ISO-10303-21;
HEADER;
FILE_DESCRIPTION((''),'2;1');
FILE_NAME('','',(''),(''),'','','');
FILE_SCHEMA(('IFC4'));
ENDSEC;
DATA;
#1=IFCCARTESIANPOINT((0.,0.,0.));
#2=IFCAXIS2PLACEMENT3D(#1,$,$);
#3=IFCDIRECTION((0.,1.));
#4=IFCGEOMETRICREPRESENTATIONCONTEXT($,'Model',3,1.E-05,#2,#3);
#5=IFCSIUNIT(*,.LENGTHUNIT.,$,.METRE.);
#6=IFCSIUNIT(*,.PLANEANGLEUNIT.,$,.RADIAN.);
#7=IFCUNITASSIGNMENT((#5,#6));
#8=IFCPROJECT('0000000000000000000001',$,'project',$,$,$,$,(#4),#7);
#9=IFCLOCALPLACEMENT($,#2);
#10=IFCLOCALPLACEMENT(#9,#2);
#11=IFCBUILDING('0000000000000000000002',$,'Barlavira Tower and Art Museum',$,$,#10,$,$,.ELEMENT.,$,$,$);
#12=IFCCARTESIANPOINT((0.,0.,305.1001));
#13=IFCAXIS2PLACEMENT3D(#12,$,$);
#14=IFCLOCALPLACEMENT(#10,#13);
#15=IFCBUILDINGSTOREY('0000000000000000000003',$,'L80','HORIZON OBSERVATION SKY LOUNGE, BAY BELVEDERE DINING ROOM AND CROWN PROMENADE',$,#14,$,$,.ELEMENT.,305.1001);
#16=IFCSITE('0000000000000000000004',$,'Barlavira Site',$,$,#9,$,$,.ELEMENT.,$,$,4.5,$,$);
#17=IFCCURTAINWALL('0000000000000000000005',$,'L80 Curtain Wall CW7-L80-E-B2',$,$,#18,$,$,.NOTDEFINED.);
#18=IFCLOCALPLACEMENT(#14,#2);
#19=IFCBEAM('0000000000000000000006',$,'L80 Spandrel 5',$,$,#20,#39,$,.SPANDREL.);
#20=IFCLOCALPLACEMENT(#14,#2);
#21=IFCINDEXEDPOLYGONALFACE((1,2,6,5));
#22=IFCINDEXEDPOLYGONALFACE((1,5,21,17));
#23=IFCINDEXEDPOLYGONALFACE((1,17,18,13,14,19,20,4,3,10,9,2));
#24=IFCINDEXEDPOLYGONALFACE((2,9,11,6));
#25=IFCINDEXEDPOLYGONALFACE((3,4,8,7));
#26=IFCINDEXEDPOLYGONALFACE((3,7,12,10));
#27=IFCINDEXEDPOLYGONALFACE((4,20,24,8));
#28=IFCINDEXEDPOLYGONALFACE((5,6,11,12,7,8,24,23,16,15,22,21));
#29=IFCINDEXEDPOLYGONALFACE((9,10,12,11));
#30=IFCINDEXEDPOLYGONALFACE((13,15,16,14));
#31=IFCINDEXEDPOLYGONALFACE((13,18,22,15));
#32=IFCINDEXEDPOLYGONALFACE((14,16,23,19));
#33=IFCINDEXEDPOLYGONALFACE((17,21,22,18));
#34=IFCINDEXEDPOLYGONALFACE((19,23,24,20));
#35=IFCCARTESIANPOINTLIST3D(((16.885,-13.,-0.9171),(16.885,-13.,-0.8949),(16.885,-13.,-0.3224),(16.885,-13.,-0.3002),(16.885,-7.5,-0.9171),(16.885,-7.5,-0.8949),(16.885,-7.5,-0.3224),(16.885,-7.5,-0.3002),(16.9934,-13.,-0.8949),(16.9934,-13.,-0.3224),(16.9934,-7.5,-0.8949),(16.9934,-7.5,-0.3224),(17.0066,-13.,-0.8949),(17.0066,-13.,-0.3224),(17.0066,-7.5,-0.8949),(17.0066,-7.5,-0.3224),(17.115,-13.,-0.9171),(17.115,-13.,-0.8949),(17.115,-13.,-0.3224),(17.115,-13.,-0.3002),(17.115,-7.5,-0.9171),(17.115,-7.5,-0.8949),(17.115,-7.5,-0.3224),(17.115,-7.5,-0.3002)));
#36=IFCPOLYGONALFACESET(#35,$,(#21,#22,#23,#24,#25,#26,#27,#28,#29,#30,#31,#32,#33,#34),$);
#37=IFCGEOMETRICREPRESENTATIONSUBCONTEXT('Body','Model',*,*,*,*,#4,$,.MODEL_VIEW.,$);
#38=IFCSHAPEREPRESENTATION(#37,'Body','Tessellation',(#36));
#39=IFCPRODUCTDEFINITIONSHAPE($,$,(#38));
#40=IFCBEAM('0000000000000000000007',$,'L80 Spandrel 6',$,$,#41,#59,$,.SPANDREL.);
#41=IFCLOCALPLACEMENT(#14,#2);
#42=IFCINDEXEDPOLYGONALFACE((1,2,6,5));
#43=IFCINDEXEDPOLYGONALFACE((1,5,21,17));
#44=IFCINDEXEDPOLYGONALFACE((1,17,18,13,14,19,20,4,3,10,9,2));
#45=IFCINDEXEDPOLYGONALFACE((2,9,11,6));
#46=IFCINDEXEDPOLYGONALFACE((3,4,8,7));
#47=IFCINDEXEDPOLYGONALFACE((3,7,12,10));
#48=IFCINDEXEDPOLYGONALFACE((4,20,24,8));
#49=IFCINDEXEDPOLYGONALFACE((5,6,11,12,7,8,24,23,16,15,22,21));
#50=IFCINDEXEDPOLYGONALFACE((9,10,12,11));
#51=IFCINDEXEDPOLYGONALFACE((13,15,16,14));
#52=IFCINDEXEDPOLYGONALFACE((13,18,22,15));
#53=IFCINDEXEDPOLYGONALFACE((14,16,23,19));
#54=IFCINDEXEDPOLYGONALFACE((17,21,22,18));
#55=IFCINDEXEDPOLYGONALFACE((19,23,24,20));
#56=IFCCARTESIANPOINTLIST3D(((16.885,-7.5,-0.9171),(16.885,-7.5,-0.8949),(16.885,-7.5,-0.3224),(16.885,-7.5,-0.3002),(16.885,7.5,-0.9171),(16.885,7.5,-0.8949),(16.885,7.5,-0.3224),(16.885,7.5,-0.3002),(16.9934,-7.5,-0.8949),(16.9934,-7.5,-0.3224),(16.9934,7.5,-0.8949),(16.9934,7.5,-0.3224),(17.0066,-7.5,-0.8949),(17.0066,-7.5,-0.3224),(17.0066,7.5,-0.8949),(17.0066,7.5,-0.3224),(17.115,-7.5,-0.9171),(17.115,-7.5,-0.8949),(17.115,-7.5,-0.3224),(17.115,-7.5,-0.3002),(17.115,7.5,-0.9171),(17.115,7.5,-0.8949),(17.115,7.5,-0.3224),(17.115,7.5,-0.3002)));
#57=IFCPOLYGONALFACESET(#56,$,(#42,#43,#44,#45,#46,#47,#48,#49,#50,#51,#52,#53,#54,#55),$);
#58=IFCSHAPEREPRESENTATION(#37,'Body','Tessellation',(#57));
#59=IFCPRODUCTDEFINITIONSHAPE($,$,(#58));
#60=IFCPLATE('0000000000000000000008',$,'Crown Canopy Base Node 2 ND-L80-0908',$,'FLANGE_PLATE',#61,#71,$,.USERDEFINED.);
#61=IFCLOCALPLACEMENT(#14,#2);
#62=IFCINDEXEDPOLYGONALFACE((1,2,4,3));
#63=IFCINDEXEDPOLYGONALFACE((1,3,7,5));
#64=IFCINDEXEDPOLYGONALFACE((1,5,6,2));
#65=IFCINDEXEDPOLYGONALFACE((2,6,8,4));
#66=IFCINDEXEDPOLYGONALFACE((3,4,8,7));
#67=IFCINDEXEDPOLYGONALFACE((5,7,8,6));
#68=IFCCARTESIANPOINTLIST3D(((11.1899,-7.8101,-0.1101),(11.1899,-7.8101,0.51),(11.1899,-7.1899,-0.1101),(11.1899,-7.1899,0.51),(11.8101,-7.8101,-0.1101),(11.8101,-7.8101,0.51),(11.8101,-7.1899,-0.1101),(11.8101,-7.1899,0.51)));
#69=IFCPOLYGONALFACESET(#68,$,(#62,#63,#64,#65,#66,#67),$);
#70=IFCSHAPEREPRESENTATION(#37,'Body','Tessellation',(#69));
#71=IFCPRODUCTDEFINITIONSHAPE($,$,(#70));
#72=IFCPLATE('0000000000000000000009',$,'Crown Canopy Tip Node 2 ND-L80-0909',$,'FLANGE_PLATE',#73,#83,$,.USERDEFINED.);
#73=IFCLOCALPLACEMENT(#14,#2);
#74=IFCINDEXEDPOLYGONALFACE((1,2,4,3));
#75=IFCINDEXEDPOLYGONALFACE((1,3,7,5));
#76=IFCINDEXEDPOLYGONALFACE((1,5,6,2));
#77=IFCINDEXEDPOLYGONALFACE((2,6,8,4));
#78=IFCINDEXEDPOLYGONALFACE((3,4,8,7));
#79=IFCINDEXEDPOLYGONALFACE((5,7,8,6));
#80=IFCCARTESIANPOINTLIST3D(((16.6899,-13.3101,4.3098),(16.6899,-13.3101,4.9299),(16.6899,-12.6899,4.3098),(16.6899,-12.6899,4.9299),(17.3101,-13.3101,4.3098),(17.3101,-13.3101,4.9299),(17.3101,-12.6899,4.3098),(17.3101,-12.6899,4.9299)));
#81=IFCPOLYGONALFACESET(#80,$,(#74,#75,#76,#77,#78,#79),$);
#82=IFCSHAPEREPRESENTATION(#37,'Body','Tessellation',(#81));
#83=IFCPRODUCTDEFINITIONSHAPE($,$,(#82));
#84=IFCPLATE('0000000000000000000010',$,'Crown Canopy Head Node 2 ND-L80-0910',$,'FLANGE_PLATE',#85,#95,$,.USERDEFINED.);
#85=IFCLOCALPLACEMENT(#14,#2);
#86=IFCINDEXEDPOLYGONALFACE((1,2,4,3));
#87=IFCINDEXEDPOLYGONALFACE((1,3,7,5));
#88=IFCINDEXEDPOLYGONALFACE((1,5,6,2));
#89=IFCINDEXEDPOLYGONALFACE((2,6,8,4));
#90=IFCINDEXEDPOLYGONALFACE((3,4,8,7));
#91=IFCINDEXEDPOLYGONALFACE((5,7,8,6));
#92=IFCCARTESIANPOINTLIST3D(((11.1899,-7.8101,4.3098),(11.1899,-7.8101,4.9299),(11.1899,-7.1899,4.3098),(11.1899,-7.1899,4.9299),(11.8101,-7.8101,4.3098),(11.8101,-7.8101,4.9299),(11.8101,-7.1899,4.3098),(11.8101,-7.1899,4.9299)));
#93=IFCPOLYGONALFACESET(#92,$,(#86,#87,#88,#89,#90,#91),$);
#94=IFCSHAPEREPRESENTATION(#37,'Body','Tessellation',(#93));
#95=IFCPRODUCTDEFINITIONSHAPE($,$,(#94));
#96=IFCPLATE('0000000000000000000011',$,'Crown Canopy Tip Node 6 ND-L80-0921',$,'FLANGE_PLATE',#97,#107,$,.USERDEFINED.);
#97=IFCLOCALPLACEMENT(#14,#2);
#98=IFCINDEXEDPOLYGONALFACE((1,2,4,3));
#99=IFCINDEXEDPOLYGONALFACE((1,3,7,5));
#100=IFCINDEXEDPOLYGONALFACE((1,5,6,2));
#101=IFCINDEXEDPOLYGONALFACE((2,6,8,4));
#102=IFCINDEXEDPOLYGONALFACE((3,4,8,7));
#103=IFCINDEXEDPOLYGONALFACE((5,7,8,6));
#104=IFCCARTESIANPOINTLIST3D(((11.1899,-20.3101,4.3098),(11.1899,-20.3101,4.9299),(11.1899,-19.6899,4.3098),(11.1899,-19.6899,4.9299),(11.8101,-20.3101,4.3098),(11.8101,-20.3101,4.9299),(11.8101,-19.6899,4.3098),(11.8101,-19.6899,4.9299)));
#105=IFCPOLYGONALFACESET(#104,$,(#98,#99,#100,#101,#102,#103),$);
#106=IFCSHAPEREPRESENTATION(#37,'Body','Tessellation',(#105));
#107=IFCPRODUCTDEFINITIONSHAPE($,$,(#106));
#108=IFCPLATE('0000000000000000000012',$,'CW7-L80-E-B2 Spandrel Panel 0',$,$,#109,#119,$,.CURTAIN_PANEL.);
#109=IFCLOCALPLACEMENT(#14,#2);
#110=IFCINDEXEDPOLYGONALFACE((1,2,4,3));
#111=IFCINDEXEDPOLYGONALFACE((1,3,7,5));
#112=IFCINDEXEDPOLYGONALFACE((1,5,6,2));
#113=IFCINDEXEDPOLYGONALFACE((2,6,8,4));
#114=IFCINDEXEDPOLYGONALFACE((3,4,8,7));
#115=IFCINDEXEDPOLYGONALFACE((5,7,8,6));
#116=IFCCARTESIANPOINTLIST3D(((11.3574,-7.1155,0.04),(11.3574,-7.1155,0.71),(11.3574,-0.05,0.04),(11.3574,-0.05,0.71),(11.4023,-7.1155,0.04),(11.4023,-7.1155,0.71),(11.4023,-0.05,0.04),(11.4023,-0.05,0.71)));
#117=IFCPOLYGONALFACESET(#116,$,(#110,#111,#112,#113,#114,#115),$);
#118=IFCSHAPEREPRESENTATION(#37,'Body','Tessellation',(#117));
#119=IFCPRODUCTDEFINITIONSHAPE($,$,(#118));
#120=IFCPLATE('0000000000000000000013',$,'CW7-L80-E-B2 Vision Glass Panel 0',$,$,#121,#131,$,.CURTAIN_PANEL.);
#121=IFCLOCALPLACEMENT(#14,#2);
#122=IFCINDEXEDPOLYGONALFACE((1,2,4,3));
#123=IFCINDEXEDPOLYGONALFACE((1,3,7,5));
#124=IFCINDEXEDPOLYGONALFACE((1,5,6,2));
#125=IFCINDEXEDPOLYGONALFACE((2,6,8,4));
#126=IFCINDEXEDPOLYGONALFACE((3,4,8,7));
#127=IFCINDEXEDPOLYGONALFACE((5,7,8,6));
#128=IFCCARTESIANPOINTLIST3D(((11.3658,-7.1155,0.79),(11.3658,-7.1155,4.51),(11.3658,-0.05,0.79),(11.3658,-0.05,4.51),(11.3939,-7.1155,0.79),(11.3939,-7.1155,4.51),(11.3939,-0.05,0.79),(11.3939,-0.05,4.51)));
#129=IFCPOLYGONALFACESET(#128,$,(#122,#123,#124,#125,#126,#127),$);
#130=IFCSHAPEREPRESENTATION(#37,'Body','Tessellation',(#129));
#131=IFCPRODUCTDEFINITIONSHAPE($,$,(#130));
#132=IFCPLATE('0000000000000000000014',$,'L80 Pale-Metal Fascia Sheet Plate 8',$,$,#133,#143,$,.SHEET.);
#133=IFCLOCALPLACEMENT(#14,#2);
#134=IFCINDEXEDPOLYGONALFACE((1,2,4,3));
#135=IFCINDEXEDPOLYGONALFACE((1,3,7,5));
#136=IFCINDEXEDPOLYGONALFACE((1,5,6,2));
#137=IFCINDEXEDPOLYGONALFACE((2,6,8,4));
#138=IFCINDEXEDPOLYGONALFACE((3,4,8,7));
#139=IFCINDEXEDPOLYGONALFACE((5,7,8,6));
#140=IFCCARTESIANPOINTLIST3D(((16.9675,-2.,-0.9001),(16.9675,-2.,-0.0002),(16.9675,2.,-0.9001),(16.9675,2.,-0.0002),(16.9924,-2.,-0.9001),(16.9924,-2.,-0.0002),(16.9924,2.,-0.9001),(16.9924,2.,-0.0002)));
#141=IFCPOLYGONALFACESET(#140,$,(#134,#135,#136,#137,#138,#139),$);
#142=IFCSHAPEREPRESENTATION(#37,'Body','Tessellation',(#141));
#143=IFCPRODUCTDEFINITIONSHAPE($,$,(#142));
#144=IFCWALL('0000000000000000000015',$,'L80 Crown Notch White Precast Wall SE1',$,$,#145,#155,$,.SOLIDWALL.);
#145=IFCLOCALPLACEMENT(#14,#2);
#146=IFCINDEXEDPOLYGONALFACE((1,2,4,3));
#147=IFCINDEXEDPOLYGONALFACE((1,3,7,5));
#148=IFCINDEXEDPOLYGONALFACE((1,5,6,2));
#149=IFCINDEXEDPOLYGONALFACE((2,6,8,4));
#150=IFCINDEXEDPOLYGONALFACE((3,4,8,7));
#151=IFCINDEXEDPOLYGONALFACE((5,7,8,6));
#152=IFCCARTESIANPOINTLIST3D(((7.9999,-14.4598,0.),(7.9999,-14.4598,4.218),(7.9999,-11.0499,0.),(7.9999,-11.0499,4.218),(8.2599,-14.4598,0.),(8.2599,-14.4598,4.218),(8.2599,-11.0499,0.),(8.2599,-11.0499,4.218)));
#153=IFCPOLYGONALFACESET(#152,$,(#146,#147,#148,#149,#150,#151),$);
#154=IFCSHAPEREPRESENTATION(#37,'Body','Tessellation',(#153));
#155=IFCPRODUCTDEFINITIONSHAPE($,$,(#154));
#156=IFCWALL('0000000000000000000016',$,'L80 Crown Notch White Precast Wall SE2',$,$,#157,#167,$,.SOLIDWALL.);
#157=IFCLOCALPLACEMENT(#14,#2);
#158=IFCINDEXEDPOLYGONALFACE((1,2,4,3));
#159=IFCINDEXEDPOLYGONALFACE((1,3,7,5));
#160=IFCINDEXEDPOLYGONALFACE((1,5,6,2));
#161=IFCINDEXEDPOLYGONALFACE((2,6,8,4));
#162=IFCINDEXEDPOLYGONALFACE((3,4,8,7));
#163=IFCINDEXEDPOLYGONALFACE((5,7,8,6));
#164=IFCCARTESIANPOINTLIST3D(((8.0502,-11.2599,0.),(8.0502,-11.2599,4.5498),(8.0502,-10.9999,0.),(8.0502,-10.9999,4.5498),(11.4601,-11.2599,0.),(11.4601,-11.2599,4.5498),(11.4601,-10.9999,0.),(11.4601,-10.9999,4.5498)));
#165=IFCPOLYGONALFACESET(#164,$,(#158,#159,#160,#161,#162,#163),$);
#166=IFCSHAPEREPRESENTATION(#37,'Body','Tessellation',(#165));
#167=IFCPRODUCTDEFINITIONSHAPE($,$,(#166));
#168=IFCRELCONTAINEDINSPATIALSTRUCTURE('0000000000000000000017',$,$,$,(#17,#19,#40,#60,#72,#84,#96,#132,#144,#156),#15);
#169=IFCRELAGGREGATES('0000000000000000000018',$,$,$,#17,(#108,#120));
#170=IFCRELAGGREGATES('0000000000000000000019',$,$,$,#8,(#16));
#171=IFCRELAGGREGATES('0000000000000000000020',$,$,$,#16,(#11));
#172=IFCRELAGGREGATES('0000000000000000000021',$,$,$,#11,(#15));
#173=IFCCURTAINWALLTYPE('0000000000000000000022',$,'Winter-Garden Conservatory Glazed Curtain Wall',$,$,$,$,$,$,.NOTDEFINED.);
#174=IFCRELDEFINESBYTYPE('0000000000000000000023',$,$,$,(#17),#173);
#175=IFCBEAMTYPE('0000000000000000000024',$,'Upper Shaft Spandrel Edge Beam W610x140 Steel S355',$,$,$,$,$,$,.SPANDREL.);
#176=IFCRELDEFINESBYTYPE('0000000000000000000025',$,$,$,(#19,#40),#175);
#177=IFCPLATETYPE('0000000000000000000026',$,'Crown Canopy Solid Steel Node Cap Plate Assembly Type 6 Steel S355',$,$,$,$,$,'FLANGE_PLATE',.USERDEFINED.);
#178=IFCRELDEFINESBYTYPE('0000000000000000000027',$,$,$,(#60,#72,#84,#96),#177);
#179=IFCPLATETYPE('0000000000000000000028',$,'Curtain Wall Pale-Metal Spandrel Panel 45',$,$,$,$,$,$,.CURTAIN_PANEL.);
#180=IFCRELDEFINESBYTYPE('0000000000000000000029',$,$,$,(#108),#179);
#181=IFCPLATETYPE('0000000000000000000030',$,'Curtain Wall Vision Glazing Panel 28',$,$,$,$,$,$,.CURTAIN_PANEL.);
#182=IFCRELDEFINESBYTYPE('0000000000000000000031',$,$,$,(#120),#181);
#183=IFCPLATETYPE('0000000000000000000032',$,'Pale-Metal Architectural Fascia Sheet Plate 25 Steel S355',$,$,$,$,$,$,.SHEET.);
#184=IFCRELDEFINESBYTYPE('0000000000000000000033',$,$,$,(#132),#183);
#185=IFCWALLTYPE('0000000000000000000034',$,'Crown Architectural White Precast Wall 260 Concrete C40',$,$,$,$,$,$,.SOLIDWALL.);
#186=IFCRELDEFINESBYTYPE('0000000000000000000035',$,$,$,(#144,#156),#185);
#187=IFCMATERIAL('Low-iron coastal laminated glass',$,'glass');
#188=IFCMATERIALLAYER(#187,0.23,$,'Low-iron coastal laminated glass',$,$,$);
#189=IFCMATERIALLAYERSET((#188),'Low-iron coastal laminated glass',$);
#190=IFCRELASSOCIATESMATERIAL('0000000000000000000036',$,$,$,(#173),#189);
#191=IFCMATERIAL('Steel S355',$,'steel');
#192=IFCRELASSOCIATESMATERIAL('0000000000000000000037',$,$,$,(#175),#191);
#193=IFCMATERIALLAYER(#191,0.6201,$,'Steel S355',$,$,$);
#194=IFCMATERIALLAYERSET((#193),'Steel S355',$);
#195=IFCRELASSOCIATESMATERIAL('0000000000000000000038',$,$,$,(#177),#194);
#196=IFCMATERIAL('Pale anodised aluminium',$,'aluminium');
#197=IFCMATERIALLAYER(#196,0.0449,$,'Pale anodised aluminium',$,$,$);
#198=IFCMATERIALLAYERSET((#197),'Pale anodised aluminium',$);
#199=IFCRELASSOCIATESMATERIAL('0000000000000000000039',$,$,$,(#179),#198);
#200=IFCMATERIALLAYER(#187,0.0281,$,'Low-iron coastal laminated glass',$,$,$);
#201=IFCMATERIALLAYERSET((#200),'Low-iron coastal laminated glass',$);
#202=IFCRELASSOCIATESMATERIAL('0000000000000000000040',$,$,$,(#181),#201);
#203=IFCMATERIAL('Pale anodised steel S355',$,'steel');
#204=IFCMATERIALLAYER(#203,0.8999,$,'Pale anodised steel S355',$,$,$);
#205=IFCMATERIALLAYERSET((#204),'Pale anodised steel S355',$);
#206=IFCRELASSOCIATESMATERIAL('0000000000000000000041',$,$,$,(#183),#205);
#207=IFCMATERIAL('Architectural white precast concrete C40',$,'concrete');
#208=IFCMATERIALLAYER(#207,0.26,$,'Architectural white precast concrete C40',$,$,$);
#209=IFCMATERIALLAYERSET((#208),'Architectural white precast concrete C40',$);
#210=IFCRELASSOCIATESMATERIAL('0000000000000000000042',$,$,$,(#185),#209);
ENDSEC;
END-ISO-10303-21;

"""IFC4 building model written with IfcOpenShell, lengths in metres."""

from ifc_helpers import new_model, si_unit, direction, frame, frame_2d, origin, origin_2d, place, context, subcontext, project, spatial, rectangle, i_section, extrude, material, layer, layer_set, material_profile, profile_set, type_object, element, aggregate, save


model = new_model("IFC4")

# Units and contexts
model_context = context("Model", 3, precision=1e-05, world=origin(), true_north=direction((0.0, 1.0)))
body_context = subcontext(model_context, "Body", "Model", "MODEL_VIEW")
ifc_project = project(units=[si_unit("LENGTHUNIT", "METRE"), si_unit("PLANEANGLEUNIT", "RADIAN")], contexts=[model_context])

# Site, building, storey
site_placement = place(None, origin())
site = spatial("IfcSite", under=ifc_project, at=site_placement, Name="Barlavira Site", CompositionType="ELEMENT", RefElevation=4.5)
building_placement = place(site_placement, origin())
building = spatial("IfcBuilding", under=site, at=building_placement, Name="Barlavira Tower and Art Museum", CompositionType="ELEMENT")
storey_placement = place(building_placement, frame((0.0, 0.0, 305.1001)))
storey = spatial("IfcBuildingStorey", under=building, at=storey_placement, Name="L80", Description="HORIZON OBSERVATION SKY LOUNGE, BAY BELVEDERE DINING ROOM AND CROWN PROMENADE", CompositionType="ELEMENT", Elevation=305.1001)

# Shared definitions
ifc_material_1 = material(Name="Steel S355", Category="steel")

# Curtain wall
ifc_material_2 = material(Name="Low-iron coastal laminated glass", Category="glass")
ifc_layer_1 = layer(ifc_material_2, 0.23, Name="Low-iron coastal laminated glass")
ifc_layer_set_1 = layer_set([ifc_layer_1], Name="Low-iron coastal laminated glass")
curtain_wall_type = type_object("IfcCurtainWallType", Name="Winter-Garden Conservatory Glazed Curtain Wall", PredefinedType="NOTDEFINED", material=ifc_layer_set_1)
curtain_wall_placement = place(storey_placement, origin())
curtain_wall = element("IfcCurtainWall", 1, at=curtain_wall_placement, inside=storey, type_object=curtain_wall_type, Name="L80 Curtain Wall CW7-L80-E-B2", PredefinedType="NOTDEFINED")
ifc_material_3 = material(Name="Pale anodised aluminium", Category="aluminium")

# Beams
ifc_material_profile_1 = material_profile(ifc_material_1, i_section(OverallWidth=0.23, OverallDepth=0.6169, WebThickness=0.0132, FlangeThickness=0.0222, at=origin_2d()), Name="W610x140.0")
ifc_profile_set_1 = profile_set([ifc_material_profile_1], Name="Steel S355")
beam_type_1 = type_object("IfcBeamType", Name="Upper Shaft Spandrel Edge Beam W610x140 Steel S355", PredefinedType="SPANDREL", material=ifc_profile_set_1)
beam_1_placement = place(storey_placement, frame((17.0, -13.0, -0.6086), z_axis=(0.0, 1.0, 0.0), x_axis=(-1.0, 0.0, 0.0)))
element("IfcBeam", 2, at=beam_1_placement, inside=storey, type_object=beam_type_1, Name="L80 Spandrel 5", PredefinedType="SPANDREL", context=body_context, shape_type="SweptSolid", body=[
    extrude(i_section(OverallWidth=0.23, OverallDepth=0.6169, WebThickness=0.0132, FlangeThickness=0.0222, at=origin_2d()), origin(), (0.0, 0.0, 1.0), 5.5),
])
beam_2_placement = place(storey_placement, frame((17.0, -7.5, -0.6086), z_axis=(0.0, 1.0, 0.0), x_axis=(-1.0, 0.0, 0.0)))
element("IfcBeam", 3, at=beam_2_placement, inside=storey, type_object=beam_type_1, Name="L80 Spandrel 6", PredefinedType="SPANDREL", context=body_context, shape_type="SweptSolid", body=[
    extrude(i_section(OverallWidth=0.23, OverallDepth=0.6169, WebThickness=0.0132, FlangeThickness=0.0222, at=origin_2d()), origin(), (0.0, 0.0, 1.0), 15.0),
])

# Plates
ifc_layer_2 = layer(ifc_material_1, 0.6201, Name="Steel S355")
ifc_layer_set_2 = layer_set([ifc_layer_2], Name="Steel S355")
plate_type_1 = type_object("IfcPlateType", Name="Crown Canopy Solid Steel Node Cap Plate Assembly Type 6 Steel S355", ElementType="FLANGE_PLATE", PredefinedType="USERDEFINED", material=ifc_layer_set_2)
for number, where, z_axis, x_axis, name in (
    (4, (11.5, -7.5, -0.1101), (0.0, 0.0, 1.0), (1.0, 0.0, 0.0), "Crown Canopy Base Node 2 ND-L80-0908"),
    (5, (17.0, -13.0, 4.3098), (0.0, 0.0, 1.0), (1.0, 0.0, 0.0), "Crown Canopy Tip Node 2 ND-L80-0909"),
    (6, (11.5, -7.5, 4.3098), (0.0, 0.0, 1.0), (1.0, 0.0, 0.0), "Crown Canopy Head Node 2 ND-L80-0910"),
    (7, (11.5, -20.0, 4.3098), (0.0, 0.0, 1.0), (1.0, 0.0, 0.0), "Crown Canopy Tip Node 6 ND-L80-0921"),
):
    element("IfcPlate", number, at=place(storey_placement, frame(where, z_axis=z_axis, x_axis=x_axis)), inside=storey, type_object=plate_type_1, Name=name, ObjectType="FLANGE_PLATE", PredefinedType="USERDEFINED", context=body_context, shape_type="SweptSolid", body=[
        extrude(rectangle(XDim=0.6201, YDim=0.6201, at=origin_2d()), origin(), (0.0, 0.0, 1.0), 0.6201),
    ])

# Plates
ifc_layer_3 = layer(ifc_material_3, 0.0449, Name="Pale anodised aluminium")
ifc_layer_set_3 = layer_set([ifc_layer_3], Name="Pale anodised aluminium")
plate_type_2 = type_object("IfcPlateType", Name="Curtain Wall Pale-Metal Spandrel Panel 45", PredefinedType="CURTAIN_PANEL", material=ifc_layer_set_3)
plate_1_placement = place(storey_placement, frame((11.3799, -3.5828, 0.04), z_axis=(0.0, 0.0, 1.0), x_axis=(0.0, 1.0, 0.0)))
plate_1 = element("IfcPlate", 8, at=plate_1_placement, type_object=plate_type_2, Name="CW7-L80-E-B2 Spandrel Panel 0", PredefinedType="CURTAIN_PANEL", context=body_context, shape_type="SweptSolid", body=[
    extrude(rectangle(XDim=7.0654, YDim=0.0449, at=origin_2d()), origin(), (0.0, 0.0, 1.0), 0.6699),
])
ifc_layer_4 = layer(ifc_material_2, 0.0281, Name="Low-iron coastal laminated glass")
ifc_layer_set_4 = layer_set([ifc_layer_4], Name="Low-iron coastal laminated glass")
plate_type_3 = type_object("IfcPlateType", Name="Curtain Wall Vision Glazing Panel 28", PredefinedType="CURTAIN_PANEL", material=ifc_layer_set_4)
plate_2_placement = place(storey_placement, frame((11.3799, -3.5828, 0.79), z_axis=(0.0, 0.0, 1.0), x_axis=(0.0, 1.0, 0.0)))
plate_2 = element("IfcPlate", 9, at=plate_2_placement, type_object=plate_type_3, Name="CW7-L80-E-B2 Vision Glass Panel 0", PredefinedType="CURTAIN_PANEL", context=body_context, shape_type="SweptSolid", body=[
    extrude(rectangle(XDim=7.0654, YDim=0.0281, at=origin_2d()), origin(), (0.0, 0.0, 1.0), 3.72),
])
aggregate(curtain_wall, [plate_1, plate_2])
ifc_material_4 = material(Name="Pale anodised steel S355", Category="steel")
ifc_layer_5 = layer(ifc_material_4, 0.8999, Name="Pale anodised steel S355")
ifc_layer_set_5 = layer_set([ifc_layer_5], Name="Pale anodised steel S355")
plate_type_4 = type_object("IfcPlateType", Name="Pale-Metal Architectural Fascia Sheet Plate 25 Steel S355", PredefinedType="SHEET", material=ifc_layer_set_5)
plate_3_placement = place(storey_placement, frame((16.98, 0.0, -0.9001), z_axis=(0.0, 0.0, 1.0), x_axis=(0.0, 1.0, 0.0)))
element("IfcPlate", 10, at=plate_3_placement, inside=storey, type_object=plate_type_4, Name="L80 Pale-Metal Fascia Sheet Plate 8", PredefinedType="SHEET", context=body_context, shape_type="SweptSolid", body=[
    extrude(rectangle(XDim=4.0, YDim=0.0249, at=origin_2d()), origin(), (0.0, 0.0, 1.0), 0.8999),
])

# Walls
ifc_material_5 = material(Name="Architectural white precast concrete C40", Category="concrete")
ifc_layer_6 = layer(ifc_material_5, 0.26, Name="Architectural white precast concrete C40")
ifc_layer_set_6 = layer_set([ifc_layer_6], Name="Architectural white precast concrete C40")
wall_type_1 = type_object("IfcWallType", Name="Crown Architectural White Precast Wall 260 Concrete C40", PredefinedType="SOLIDWALL", material=ifc_layer_set_6)
wall_1_placement = place(storey_placement, frame((8.1299, -14.46, 0.0), z_axis=(0.0, 0.0, 1.0), x_axis=(0.0, 1.0, 0.0)))
element("IfcWall", 11, at=wall_1_placement, inside=storey, type_object=wall_type_1, Name="L80 Crown Notch White Precast Wall SE1", PredefinedType="SOLIDWALL", context=body_context, shape_type="SweptSolid", body=[
    extrude(rectangle(XDim=3.4099, YDim=0.26, at=frame_2d((1.7051, 0.0))), origin(), (0.0, 0.0, 1.0), 4.218),
])
wall_2_placement = place(storey_placement, frame((8.05, -11.1299, 0.0), z_axis=(0.0, 0.0, 1.0), x_axis=(1.0, 0.0, 0.0)))
element("IfcWall", 12, at=wall_2_placement, inside=storey, type_object=wall_type_1, Name="L80 Crown Notch White Precast Wall SE2", PredefinedType="SOLIDWALL", context=body_context, shape_type="SweptSolid", body=[
    extrude(rectangle(XDim=3.4099, YDim=0.26, at=frame_2d((1.7051, 0.0))), origin(), (0.0, 0.0, 1.0), 4.5498),
])

save(model, "model.ifc")
